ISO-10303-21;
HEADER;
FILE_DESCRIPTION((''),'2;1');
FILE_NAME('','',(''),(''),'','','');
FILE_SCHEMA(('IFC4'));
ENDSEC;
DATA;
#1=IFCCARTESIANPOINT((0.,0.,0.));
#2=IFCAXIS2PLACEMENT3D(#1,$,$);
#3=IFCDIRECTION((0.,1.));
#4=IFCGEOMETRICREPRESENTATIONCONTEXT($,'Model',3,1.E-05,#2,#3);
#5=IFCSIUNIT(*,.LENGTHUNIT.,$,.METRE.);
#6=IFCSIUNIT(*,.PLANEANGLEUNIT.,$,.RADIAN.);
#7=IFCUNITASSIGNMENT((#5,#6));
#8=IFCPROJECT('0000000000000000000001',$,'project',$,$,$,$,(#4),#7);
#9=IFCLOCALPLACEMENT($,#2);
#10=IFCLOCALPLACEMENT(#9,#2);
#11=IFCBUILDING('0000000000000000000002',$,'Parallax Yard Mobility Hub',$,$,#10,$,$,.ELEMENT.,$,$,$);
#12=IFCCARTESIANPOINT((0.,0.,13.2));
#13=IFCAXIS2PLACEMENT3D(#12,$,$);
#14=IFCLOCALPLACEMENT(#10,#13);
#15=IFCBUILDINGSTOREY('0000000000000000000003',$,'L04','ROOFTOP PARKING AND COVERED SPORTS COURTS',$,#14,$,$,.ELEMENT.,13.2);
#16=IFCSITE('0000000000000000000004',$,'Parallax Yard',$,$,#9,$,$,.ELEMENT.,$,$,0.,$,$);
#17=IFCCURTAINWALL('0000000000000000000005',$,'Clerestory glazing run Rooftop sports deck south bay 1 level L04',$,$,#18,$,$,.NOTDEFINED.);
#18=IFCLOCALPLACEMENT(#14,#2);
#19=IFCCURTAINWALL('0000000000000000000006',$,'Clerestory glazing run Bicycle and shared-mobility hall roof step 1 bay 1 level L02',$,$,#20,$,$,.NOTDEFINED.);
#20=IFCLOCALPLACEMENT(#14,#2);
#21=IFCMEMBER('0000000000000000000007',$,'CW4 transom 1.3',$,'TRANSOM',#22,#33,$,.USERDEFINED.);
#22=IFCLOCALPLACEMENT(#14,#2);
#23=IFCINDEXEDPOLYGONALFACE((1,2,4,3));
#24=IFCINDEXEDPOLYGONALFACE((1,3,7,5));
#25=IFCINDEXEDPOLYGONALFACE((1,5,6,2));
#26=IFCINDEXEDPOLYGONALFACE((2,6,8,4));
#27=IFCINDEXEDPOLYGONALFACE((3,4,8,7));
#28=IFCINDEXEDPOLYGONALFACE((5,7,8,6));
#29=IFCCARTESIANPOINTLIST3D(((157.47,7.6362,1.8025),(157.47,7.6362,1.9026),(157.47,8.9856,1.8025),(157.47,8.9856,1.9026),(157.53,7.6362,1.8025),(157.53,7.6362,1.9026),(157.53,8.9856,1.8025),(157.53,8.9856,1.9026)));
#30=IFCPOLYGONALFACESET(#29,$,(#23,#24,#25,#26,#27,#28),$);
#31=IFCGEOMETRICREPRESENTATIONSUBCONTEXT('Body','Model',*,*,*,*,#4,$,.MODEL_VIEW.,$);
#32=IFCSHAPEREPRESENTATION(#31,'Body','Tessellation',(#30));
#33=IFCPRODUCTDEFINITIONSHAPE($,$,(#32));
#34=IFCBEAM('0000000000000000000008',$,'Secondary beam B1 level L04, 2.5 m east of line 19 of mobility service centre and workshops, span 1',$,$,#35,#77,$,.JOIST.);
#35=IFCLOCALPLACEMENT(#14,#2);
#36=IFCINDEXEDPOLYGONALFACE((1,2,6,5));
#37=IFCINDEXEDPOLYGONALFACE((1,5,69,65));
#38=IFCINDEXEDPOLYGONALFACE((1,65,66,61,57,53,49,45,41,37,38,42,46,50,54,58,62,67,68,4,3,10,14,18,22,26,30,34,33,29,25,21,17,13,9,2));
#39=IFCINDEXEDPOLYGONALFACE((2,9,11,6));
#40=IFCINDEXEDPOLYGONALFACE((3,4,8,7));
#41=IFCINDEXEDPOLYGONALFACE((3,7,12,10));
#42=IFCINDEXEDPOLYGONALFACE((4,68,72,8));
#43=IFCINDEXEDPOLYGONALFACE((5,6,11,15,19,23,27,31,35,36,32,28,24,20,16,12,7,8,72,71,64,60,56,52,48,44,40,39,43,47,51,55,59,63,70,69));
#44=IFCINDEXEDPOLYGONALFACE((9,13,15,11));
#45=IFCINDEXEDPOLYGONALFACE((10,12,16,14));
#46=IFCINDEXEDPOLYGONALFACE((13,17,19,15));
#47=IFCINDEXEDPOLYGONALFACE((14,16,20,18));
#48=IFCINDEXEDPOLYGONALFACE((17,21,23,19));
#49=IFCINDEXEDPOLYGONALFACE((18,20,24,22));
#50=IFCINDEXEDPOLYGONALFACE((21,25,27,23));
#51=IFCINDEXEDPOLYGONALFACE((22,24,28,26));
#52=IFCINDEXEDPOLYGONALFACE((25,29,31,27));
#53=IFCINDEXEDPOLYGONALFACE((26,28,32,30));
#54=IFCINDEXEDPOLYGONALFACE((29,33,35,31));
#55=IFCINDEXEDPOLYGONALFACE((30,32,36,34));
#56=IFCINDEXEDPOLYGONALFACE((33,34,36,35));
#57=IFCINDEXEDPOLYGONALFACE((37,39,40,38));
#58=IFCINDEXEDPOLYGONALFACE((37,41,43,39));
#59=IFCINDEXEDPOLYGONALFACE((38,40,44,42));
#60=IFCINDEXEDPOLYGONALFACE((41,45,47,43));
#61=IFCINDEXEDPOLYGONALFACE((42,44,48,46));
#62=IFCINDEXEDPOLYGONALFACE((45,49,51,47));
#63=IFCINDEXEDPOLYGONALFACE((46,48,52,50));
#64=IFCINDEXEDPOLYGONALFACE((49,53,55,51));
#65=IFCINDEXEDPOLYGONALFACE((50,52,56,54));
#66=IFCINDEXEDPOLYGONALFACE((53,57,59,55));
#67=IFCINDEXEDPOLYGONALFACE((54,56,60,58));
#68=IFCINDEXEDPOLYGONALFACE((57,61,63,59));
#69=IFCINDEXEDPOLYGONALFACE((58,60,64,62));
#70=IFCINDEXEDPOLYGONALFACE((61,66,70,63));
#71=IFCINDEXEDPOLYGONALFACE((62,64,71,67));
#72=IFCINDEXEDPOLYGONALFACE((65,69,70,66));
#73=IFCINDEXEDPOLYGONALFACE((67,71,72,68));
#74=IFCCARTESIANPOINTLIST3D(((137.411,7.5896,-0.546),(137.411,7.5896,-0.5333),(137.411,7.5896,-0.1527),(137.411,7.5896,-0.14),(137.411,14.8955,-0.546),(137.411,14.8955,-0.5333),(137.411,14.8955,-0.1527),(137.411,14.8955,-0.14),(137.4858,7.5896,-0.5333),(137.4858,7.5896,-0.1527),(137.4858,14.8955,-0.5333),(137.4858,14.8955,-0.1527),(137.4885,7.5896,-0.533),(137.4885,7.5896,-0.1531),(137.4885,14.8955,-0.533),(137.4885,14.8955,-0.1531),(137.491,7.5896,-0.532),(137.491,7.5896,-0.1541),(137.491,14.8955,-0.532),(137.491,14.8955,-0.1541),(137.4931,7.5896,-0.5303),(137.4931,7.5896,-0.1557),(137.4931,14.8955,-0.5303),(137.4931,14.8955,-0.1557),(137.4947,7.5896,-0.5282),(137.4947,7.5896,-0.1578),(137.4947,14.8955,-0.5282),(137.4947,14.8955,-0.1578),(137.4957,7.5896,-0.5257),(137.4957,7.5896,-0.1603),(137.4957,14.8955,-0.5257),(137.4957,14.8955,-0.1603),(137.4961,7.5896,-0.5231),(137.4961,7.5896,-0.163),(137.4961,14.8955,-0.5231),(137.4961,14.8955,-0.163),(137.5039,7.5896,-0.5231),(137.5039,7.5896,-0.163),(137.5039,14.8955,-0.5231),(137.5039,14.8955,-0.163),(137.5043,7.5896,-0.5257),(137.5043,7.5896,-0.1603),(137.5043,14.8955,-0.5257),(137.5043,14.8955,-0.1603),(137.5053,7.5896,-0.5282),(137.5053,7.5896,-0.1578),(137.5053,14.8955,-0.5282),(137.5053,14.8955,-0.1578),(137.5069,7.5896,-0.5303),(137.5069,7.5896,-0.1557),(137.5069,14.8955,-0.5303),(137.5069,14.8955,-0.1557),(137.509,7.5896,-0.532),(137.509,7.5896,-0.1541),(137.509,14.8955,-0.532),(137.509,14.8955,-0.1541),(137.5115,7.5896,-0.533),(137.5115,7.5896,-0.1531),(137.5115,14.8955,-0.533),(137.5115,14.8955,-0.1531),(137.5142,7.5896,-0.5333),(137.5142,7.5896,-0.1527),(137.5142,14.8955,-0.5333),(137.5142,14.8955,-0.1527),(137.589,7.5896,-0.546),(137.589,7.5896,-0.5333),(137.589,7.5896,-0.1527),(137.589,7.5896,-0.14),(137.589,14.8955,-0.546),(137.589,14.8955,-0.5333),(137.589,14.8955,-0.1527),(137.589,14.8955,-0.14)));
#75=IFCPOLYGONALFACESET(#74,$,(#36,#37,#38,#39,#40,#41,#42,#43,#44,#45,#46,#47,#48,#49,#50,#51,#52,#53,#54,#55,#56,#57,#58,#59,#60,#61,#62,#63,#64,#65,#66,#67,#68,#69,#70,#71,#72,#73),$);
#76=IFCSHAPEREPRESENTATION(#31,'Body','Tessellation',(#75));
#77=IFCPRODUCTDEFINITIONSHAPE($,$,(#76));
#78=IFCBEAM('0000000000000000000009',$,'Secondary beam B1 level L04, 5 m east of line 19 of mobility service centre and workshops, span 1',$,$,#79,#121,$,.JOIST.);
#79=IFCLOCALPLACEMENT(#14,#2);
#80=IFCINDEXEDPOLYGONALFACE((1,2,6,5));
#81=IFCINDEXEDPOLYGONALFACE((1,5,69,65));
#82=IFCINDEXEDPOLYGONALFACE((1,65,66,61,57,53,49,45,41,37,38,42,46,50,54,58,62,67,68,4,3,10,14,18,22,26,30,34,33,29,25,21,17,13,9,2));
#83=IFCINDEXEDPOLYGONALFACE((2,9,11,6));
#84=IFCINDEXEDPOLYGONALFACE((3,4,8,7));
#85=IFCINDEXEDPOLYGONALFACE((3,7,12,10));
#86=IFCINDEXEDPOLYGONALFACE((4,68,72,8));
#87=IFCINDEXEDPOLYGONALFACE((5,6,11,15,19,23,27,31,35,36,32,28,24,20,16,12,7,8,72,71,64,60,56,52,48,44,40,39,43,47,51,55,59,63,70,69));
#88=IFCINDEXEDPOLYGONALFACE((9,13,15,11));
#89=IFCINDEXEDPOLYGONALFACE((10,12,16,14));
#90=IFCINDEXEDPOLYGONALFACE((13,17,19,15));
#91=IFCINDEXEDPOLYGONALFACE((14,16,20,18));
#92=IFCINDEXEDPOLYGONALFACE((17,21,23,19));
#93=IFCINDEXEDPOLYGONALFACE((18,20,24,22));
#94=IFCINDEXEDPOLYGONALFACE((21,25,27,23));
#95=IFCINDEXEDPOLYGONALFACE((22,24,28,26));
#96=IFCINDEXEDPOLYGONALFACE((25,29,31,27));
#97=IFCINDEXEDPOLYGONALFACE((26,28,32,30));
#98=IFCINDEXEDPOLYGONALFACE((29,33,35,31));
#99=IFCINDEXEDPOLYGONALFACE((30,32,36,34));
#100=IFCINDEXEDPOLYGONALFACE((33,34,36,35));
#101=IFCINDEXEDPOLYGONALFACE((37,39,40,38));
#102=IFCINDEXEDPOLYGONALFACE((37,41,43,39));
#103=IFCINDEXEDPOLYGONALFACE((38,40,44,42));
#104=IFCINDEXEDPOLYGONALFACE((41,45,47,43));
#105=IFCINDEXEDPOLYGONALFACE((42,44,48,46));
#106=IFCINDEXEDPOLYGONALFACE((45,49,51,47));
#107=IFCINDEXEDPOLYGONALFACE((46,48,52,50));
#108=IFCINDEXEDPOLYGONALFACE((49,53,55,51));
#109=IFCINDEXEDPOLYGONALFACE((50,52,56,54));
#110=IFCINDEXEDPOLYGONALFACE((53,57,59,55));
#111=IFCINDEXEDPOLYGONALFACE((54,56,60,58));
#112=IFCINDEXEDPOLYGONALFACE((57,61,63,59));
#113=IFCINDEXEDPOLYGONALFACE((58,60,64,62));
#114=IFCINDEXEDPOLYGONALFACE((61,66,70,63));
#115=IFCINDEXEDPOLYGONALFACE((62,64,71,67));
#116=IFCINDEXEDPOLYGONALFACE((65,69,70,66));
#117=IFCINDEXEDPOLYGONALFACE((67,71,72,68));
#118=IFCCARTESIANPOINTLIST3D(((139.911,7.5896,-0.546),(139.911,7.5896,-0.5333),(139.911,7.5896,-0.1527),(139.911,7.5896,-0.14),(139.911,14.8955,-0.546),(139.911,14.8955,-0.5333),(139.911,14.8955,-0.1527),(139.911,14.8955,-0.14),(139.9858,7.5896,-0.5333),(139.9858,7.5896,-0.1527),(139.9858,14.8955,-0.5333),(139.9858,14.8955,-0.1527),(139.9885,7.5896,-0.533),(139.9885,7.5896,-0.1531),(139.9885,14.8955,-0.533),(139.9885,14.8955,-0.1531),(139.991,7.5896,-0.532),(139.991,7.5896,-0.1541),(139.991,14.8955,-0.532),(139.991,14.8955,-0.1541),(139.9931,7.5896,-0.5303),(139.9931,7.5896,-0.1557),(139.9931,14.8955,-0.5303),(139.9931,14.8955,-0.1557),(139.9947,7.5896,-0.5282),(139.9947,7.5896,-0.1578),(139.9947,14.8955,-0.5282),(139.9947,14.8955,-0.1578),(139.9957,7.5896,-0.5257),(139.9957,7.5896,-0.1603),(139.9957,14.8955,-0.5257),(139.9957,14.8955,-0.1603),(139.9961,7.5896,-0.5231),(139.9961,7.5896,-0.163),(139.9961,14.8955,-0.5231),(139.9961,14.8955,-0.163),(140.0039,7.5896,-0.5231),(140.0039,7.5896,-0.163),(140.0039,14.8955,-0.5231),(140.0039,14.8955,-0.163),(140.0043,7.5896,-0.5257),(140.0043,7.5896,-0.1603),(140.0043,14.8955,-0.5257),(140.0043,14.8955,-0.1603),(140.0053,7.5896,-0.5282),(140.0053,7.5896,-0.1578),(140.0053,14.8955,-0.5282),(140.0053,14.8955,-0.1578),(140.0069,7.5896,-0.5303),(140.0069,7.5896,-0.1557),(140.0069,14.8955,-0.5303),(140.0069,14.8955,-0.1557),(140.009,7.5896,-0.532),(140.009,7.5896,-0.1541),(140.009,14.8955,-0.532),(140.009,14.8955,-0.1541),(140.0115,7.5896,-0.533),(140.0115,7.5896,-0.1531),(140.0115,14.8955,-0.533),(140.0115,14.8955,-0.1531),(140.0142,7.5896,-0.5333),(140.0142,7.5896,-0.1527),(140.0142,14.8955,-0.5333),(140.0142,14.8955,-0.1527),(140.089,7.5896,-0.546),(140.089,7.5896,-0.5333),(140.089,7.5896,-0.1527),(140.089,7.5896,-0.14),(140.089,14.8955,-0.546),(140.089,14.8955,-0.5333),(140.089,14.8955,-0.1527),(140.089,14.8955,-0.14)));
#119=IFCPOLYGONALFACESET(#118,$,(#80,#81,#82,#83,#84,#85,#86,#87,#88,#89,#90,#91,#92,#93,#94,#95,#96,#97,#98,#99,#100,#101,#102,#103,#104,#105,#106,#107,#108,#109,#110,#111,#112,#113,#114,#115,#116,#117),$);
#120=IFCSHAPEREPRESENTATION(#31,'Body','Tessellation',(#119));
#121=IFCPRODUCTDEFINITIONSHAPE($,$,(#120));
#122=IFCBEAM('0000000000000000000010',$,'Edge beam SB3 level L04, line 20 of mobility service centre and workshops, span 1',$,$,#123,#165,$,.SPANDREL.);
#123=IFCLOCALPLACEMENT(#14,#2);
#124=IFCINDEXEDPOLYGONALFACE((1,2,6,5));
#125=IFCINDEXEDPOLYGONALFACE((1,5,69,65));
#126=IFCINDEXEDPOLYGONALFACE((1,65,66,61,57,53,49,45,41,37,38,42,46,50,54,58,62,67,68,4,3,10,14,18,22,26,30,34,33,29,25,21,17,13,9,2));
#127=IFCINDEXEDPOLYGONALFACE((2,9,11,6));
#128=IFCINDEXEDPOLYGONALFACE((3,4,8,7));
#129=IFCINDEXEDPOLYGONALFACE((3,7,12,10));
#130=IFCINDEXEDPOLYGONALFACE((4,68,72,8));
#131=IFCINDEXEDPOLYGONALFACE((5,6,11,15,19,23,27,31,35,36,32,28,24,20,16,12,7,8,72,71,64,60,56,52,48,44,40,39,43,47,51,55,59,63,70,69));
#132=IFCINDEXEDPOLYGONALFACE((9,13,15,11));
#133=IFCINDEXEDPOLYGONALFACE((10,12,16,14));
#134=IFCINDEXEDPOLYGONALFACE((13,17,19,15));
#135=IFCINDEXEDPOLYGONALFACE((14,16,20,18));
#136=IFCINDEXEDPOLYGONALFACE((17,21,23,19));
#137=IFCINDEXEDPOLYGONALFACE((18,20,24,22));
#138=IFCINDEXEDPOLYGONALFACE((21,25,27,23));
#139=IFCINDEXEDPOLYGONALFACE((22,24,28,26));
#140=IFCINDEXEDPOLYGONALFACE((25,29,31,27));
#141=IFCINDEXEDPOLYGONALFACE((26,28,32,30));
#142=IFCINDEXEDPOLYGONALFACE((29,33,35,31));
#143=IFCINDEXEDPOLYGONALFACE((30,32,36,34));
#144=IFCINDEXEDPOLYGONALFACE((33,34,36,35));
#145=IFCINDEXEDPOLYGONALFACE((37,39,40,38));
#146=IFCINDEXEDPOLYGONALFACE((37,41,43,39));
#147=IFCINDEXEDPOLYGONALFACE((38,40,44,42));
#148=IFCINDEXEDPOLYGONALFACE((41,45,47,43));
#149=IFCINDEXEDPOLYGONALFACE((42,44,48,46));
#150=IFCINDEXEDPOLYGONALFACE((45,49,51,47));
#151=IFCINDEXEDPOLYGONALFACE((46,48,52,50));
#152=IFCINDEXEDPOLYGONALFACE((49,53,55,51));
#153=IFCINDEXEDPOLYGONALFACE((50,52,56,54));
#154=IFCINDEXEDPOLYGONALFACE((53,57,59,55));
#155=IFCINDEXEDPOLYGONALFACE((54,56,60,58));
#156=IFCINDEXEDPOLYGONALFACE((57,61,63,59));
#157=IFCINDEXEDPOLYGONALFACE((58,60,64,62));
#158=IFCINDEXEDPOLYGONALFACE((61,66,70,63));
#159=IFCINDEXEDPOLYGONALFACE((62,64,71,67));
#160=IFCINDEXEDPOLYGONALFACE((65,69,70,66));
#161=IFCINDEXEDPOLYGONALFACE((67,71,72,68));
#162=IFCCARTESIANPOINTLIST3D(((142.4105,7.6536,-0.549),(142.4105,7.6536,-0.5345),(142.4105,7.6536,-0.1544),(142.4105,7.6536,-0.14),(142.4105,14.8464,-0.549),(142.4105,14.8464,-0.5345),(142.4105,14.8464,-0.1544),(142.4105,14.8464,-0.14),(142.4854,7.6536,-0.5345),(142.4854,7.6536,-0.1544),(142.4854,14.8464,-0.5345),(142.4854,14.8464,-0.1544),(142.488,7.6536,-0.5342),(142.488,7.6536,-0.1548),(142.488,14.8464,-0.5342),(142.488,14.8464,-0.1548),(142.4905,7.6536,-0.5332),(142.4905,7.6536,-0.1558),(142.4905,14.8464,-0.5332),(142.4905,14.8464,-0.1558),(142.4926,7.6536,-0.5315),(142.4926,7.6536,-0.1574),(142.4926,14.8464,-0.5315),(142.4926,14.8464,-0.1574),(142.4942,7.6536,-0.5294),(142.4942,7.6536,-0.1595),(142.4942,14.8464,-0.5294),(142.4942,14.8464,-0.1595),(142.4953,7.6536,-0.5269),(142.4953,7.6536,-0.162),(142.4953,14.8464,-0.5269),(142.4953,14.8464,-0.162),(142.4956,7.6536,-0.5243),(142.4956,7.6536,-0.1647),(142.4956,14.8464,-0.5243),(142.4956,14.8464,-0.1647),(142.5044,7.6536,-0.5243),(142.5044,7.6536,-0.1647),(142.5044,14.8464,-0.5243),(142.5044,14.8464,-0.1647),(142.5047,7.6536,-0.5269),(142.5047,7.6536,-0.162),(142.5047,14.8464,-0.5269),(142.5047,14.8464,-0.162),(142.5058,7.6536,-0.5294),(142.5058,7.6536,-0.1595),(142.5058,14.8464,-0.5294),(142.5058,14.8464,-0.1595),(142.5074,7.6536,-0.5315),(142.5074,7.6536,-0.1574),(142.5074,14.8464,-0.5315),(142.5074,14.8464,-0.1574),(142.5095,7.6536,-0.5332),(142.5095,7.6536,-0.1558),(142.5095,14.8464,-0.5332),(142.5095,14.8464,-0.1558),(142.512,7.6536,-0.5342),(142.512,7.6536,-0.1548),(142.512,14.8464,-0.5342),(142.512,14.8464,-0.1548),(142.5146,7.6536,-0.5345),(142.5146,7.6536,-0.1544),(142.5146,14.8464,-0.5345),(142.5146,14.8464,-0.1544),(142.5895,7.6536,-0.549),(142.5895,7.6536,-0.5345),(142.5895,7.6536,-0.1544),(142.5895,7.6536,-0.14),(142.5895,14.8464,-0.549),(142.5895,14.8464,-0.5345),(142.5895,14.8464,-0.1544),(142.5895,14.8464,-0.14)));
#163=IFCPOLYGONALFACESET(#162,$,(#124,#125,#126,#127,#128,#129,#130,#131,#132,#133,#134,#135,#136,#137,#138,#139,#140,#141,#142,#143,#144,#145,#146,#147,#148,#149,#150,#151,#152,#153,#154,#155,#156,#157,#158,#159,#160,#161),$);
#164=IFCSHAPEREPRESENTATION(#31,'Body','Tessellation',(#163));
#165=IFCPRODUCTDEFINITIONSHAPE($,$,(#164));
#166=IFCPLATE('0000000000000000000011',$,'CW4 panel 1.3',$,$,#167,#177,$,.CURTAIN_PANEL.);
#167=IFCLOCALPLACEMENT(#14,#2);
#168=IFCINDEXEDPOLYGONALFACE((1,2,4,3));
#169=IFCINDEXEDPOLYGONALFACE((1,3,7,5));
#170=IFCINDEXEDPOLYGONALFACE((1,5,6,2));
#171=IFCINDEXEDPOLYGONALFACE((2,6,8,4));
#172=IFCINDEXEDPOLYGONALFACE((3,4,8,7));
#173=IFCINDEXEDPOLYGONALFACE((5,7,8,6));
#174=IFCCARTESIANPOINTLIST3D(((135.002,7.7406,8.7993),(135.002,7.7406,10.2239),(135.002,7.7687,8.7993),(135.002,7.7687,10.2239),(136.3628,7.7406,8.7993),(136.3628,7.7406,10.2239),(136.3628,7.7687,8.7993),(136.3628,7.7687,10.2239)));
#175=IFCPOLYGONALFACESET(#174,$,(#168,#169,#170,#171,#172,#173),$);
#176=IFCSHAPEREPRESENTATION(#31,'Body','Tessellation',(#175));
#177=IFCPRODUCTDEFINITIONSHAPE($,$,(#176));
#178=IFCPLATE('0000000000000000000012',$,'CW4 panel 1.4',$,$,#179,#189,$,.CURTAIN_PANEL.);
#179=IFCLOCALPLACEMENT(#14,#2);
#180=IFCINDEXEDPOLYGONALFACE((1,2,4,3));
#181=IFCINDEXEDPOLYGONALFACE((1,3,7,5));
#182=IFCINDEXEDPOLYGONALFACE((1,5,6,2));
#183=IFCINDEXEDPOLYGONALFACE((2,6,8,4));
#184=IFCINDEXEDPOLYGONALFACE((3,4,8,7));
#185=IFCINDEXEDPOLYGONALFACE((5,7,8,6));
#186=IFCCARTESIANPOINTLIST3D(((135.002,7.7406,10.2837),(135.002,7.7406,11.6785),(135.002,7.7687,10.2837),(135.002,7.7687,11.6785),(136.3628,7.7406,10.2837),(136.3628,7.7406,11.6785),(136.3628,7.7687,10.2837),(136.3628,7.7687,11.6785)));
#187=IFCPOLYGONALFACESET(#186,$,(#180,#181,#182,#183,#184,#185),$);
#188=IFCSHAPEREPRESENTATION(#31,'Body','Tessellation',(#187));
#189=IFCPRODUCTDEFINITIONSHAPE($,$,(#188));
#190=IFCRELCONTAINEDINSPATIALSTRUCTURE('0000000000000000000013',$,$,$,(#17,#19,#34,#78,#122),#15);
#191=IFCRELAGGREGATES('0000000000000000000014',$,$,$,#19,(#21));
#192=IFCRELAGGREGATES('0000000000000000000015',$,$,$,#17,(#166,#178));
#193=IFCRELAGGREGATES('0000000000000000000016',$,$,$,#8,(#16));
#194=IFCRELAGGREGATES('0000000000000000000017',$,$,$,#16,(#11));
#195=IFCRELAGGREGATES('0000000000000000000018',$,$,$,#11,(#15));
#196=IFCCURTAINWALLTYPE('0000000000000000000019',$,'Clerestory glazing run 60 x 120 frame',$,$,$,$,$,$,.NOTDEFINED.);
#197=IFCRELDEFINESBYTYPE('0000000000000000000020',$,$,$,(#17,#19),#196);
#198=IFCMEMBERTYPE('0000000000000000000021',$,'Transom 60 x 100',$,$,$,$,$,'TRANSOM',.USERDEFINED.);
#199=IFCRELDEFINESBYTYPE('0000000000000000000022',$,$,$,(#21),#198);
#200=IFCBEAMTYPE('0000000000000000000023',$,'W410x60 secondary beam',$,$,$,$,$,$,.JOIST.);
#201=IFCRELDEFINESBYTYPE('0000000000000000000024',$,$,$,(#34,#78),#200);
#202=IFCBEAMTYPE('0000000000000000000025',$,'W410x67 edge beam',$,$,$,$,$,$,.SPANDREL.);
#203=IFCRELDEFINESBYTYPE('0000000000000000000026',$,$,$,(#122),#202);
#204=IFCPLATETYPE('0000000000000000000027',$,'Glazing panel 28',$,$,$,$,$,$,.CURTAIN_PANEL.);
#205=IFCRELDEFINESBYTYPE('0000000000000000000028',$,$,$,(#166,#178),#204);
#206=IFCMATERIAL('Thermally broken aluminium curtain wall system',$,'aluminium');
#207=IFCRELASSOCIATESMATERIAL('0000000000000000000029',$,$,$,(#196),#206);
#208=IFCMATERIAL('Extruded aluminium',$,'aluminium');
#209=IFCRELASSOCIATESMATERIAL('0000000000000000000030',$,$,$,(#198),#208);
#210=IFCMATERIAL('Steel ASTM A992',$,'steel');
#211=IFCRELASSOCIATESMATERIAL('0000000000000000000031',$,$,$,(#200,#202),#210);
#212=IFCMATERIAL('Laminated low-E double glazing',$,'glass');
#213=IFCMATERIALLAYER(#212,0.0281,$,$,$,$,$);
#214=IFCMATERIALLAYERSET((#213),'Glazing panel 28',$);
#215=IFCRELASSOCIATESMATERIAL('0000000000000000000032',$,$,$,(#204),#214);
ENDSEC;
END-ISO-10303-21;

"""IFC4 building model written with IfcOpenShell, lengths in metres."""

from ifc_helpers import new_model, si_unit, direction, frame, origin, origin_2d, place, context, subcontext, project, spatial, rectangle, i_section, extrude, material, layer, layer_set, material_profile, profile_set, type_object, element, aggregate, save


model = new_model("IFC4")

# Units and contexts
model_context = context("Model", 3, precision=1e-05, world=origin(), true_north=direction((0.0, 1.0)))
body_context = subcontext(model_context, "Body", "Model", "MODEL_VIEW")
ifc_project = project(units=[si_unit("LENGTHUNIT", "METRE"), si_unit("PLANEANGLEUNIT", "RADIAN")], contexts=[model_context])

# Site, building, storey
site_placement = place(None, origin())
site = spatial("IfcSite", under=ifc_project, at=site_placement, Name="Parallax Yard", CompositionType="ELEMENT", RefElevation=0.0)
building_placement = place(site_placement, origin())
building = spatial("IfcBuilding", under=site, at=building_placement, Name="Parallax Yard Mobility Hub", CompositionType="ELEMENT")
storey_placement = place(building_placement, frame((0.0, 0.0, 13.2)))
storey = spatial("IfcBuildingStorey", under=building, at=storey_placement, Name="L04", Description="ROOFTOP PARKING AND COVERED SPORTS COURTS", CompositionType="ELEMENT", Elevation=13.2)

# Shared definitions
ifc_material_1 = material(Name="Steel ASTM A992", Category="steel")

# Curtain wall
ifc_material_2 = material(Name="Thermally broken aluminium curtain wall system", Category="aluminium")
curtain_wall_type = type_object("IfcCurtainWallType", Name="Clerestory glazing run 60 x 120 frame", PredefinedType="NOTDEFINED", material=ifc_material_2)
curtain_wall_1_placement = place(storey_placement, origin())
curtain_wall_1 = element("IfcCurtainWall", 1, at=curtain_wall_1_placement, inside=storey, type_object=curtain_wall_type, Name="Clerestory glazing run Rooftop sports deck south bay 1 level L04", PredefinedType="NOTDEFINED")
ifc_material_3 = material(Name="Extruded aluminium", Category="aluminium")

# Shared definitions
ifc_material_profile_1 = material_profile(ifc_material_3, rectangle(XDim=0.0601, YDim=0.1001, at=origin_2d()), Name="Transom 60 x 100")
ifc_profile_set_1 = profile_set([ifc_material_profile_1], Name="Extruded aluminium")
member_type_1 = type_object("IfcMemberType", Name="Transom 60 x 100", ElementType="TRANSOM", PredefinedType="USERDEFINED", material=ifc_profile_set_1)

# Curtain wall, member
curtain_wall_2_placement = place(storey_placement, origin())
curtain_wall_2 = element("IfcCurtainWall", 2, at=curtain_wall_2_placement, inside=storey, type_object=curtain_wall_type, Name="Clerestory glazing run Bicycle and shared-mobility hall roof step 1 bay 1 level L02", PredefinedType="NOTDEFINED")
member_1_placement = place(storey_placement, frame((157.5, 7.6362, 1.8525), z_axis=(0.0, 1.0, 0.0), x_axis=(-1.0, 0.0, 0.0)))
member_1 = element("IfcMember", 3, at=member_1_placement, type_object=member_type_1, Name="CW4 transom 1.3", ObjectType="TRANSOM", PredefinedType="USERDEFINED", context=body_context, shape_type="SweptSolid", body=[
    extrude(rectangle(XDim=0.0601, YDim=0.1001, at=origin_2d()), origin(), (0.0, 0.0, 1.0), 1.3494),
])
aggregate(curtain_wall_2, [member_1])

# Beams
ifc_material_profile_2 = material_profile(ifc_material_1, i_section(OverallWidth=0.178, OverallDepth=0.406, WebThickness=0.0078, FlangeThickness=0.0127, FilletRadius=0.0103, at=origin_2d()), Name="W410x60")
ifc_profile_set_2 = profile_set([ifc_material_profile_2], Name="Steel ASTM A992")
beam_type_1 = type_object("IfcBeamType", Name="W410x60 secondary beam", PredefinedType="JOIST", material=ifc_profile_set_2)
for number, where, z_axis, x_axis, name in (
    (4, (137.5, 7.5896, -0.343), (0.0, 1.0, 0.0), (-1.0, 0.0, 0.0), "Secondary beam B1 level L04, 2.5 m east of line 19 of mobility service centre and workshops, span 1"),
    (5, (140.0, 7.5896, -0.343), (0.0, 1.0, 0.0), (-1.0, 0.0, 0.0), "Secondary beam B1 level L04, 5 m east of line 19 of mobility service centre and workshops, span 1"),
):
    element("IfcBeam", number, at=place(storey_placement, frame(where, z_axis=z_axis, x_axis=x_axis)), inside=storey, type_object=beam_type_1, Name=name, PredefinedType="JOIST", context=body_context, shape_type="SweptSolid", body=[
        extrude(i_section(OverallWidth=0.178, OverallDepth=0.406, WebThickness=0.0078, FlangeThickness=0.0127, FilletRadius=0.0103, at=origin_2d()), origin(), (0.0, 0.0, 1.0), 7.3059),
    ])
ifc_material_profile_3 = material_profile(ifc_material_1, i_section(OverallWidth=0.179, OverallDepth=0.4089, WebThickness=0.0088, FlangeThickness=0.0144, FilletRadius=0.0103, at=origin_2d()), Name="W410x67")
ifc_profile_set_3 = profile_set([ifc_material_profile_3], Name="Steel ASTM A992")
beam_type_2 = type_object("IfcBeamType", Name="W410x67 edge beam", PredefinedType="SPANDREL", material=ifc_profile_set_3)
beam_1_placement = place(storey_placement, frame((142.5, 7.6536, -0.3445), z_axis=(0.0, 1.0, 0.0), x_axis=(-1.0, 0.0, 0.0)))
element("IfcBeam", 6, at=beam_1_placement, inside=storey, type_object=beam_type_2, Name="Edge beam SB3 level L04, line 20 of mobility service centre and workshops, span 1", PredefinedType="SPANDREL", context=body_context, shape_type="SweptSolid", body=[
    extrude(i_section(OverallWidth=0.179, OverallDepth=0.4089, WebThickness=0.0088, FlangeThickness=0.0144, FilletRadius=0.0103, at=origin_2d()), origin(), (0.0, 0.0, 1.0), 7.1929),
])

# Plates
ifc_material_4 = material(Name="Laminated low-E double glazing", Category="glass")
ifc_layer_1 = layer(ifc_material_4, 0.0281)
ifc_layer_set_1 = layer_set([ifc_layer_1], Name="Glazing panel 28")
plate_type = type_object("IfcPlateType", Name="Glazing panel 28", PredefinedType="CURTAIN_PANEL", material=ifc_layer_set_1)
plate_1_placement = place(storey_placement, frame((135.6824, 7.7546, 8.7993), z_axis=(0.0, 0.0, 1.0), x_axis=(1.0, 0.0, 0.0)))
plate_1 = element("IfcPlate", 7, at=plate_1_placement, type_object=plate_type, Name="CW4 panel 1.3", PredefinedType="CURTAIN_PANEL", context=body_context, shape_type="SweptSolid", body=[
    extrude(rectangle(XDim=1.3608, YDim=0.0281, at=origin_2d()), origin(), (0.0, 0.0, 1.0), 1.4246),
])
plate_2_placement = place(storey_placement, frame((135.6824, 7.7546, 10.2837), z_axis=(0.0, 0.0, 1.0), x_axis=(1.0, 0.0, 0.0)))
plate_2 = element("IfcPlate", 8, at=plate_2_placement, type_object=plate_type, Name="CW4 panel 1.4", PredefinedType="CURTAIN_PANEL", context=body_context, shape_type="SweptSolid", body=[
    extrude(rectangle(XDim=1.3608, YDim=0.0281, at=origin_2d()), origin(), (0.0, 0.0, 1.0), 1.3948),
])
aggregate(curtain_wall_1, [plate_1, plate_2])

save(model, "model.ifc")
